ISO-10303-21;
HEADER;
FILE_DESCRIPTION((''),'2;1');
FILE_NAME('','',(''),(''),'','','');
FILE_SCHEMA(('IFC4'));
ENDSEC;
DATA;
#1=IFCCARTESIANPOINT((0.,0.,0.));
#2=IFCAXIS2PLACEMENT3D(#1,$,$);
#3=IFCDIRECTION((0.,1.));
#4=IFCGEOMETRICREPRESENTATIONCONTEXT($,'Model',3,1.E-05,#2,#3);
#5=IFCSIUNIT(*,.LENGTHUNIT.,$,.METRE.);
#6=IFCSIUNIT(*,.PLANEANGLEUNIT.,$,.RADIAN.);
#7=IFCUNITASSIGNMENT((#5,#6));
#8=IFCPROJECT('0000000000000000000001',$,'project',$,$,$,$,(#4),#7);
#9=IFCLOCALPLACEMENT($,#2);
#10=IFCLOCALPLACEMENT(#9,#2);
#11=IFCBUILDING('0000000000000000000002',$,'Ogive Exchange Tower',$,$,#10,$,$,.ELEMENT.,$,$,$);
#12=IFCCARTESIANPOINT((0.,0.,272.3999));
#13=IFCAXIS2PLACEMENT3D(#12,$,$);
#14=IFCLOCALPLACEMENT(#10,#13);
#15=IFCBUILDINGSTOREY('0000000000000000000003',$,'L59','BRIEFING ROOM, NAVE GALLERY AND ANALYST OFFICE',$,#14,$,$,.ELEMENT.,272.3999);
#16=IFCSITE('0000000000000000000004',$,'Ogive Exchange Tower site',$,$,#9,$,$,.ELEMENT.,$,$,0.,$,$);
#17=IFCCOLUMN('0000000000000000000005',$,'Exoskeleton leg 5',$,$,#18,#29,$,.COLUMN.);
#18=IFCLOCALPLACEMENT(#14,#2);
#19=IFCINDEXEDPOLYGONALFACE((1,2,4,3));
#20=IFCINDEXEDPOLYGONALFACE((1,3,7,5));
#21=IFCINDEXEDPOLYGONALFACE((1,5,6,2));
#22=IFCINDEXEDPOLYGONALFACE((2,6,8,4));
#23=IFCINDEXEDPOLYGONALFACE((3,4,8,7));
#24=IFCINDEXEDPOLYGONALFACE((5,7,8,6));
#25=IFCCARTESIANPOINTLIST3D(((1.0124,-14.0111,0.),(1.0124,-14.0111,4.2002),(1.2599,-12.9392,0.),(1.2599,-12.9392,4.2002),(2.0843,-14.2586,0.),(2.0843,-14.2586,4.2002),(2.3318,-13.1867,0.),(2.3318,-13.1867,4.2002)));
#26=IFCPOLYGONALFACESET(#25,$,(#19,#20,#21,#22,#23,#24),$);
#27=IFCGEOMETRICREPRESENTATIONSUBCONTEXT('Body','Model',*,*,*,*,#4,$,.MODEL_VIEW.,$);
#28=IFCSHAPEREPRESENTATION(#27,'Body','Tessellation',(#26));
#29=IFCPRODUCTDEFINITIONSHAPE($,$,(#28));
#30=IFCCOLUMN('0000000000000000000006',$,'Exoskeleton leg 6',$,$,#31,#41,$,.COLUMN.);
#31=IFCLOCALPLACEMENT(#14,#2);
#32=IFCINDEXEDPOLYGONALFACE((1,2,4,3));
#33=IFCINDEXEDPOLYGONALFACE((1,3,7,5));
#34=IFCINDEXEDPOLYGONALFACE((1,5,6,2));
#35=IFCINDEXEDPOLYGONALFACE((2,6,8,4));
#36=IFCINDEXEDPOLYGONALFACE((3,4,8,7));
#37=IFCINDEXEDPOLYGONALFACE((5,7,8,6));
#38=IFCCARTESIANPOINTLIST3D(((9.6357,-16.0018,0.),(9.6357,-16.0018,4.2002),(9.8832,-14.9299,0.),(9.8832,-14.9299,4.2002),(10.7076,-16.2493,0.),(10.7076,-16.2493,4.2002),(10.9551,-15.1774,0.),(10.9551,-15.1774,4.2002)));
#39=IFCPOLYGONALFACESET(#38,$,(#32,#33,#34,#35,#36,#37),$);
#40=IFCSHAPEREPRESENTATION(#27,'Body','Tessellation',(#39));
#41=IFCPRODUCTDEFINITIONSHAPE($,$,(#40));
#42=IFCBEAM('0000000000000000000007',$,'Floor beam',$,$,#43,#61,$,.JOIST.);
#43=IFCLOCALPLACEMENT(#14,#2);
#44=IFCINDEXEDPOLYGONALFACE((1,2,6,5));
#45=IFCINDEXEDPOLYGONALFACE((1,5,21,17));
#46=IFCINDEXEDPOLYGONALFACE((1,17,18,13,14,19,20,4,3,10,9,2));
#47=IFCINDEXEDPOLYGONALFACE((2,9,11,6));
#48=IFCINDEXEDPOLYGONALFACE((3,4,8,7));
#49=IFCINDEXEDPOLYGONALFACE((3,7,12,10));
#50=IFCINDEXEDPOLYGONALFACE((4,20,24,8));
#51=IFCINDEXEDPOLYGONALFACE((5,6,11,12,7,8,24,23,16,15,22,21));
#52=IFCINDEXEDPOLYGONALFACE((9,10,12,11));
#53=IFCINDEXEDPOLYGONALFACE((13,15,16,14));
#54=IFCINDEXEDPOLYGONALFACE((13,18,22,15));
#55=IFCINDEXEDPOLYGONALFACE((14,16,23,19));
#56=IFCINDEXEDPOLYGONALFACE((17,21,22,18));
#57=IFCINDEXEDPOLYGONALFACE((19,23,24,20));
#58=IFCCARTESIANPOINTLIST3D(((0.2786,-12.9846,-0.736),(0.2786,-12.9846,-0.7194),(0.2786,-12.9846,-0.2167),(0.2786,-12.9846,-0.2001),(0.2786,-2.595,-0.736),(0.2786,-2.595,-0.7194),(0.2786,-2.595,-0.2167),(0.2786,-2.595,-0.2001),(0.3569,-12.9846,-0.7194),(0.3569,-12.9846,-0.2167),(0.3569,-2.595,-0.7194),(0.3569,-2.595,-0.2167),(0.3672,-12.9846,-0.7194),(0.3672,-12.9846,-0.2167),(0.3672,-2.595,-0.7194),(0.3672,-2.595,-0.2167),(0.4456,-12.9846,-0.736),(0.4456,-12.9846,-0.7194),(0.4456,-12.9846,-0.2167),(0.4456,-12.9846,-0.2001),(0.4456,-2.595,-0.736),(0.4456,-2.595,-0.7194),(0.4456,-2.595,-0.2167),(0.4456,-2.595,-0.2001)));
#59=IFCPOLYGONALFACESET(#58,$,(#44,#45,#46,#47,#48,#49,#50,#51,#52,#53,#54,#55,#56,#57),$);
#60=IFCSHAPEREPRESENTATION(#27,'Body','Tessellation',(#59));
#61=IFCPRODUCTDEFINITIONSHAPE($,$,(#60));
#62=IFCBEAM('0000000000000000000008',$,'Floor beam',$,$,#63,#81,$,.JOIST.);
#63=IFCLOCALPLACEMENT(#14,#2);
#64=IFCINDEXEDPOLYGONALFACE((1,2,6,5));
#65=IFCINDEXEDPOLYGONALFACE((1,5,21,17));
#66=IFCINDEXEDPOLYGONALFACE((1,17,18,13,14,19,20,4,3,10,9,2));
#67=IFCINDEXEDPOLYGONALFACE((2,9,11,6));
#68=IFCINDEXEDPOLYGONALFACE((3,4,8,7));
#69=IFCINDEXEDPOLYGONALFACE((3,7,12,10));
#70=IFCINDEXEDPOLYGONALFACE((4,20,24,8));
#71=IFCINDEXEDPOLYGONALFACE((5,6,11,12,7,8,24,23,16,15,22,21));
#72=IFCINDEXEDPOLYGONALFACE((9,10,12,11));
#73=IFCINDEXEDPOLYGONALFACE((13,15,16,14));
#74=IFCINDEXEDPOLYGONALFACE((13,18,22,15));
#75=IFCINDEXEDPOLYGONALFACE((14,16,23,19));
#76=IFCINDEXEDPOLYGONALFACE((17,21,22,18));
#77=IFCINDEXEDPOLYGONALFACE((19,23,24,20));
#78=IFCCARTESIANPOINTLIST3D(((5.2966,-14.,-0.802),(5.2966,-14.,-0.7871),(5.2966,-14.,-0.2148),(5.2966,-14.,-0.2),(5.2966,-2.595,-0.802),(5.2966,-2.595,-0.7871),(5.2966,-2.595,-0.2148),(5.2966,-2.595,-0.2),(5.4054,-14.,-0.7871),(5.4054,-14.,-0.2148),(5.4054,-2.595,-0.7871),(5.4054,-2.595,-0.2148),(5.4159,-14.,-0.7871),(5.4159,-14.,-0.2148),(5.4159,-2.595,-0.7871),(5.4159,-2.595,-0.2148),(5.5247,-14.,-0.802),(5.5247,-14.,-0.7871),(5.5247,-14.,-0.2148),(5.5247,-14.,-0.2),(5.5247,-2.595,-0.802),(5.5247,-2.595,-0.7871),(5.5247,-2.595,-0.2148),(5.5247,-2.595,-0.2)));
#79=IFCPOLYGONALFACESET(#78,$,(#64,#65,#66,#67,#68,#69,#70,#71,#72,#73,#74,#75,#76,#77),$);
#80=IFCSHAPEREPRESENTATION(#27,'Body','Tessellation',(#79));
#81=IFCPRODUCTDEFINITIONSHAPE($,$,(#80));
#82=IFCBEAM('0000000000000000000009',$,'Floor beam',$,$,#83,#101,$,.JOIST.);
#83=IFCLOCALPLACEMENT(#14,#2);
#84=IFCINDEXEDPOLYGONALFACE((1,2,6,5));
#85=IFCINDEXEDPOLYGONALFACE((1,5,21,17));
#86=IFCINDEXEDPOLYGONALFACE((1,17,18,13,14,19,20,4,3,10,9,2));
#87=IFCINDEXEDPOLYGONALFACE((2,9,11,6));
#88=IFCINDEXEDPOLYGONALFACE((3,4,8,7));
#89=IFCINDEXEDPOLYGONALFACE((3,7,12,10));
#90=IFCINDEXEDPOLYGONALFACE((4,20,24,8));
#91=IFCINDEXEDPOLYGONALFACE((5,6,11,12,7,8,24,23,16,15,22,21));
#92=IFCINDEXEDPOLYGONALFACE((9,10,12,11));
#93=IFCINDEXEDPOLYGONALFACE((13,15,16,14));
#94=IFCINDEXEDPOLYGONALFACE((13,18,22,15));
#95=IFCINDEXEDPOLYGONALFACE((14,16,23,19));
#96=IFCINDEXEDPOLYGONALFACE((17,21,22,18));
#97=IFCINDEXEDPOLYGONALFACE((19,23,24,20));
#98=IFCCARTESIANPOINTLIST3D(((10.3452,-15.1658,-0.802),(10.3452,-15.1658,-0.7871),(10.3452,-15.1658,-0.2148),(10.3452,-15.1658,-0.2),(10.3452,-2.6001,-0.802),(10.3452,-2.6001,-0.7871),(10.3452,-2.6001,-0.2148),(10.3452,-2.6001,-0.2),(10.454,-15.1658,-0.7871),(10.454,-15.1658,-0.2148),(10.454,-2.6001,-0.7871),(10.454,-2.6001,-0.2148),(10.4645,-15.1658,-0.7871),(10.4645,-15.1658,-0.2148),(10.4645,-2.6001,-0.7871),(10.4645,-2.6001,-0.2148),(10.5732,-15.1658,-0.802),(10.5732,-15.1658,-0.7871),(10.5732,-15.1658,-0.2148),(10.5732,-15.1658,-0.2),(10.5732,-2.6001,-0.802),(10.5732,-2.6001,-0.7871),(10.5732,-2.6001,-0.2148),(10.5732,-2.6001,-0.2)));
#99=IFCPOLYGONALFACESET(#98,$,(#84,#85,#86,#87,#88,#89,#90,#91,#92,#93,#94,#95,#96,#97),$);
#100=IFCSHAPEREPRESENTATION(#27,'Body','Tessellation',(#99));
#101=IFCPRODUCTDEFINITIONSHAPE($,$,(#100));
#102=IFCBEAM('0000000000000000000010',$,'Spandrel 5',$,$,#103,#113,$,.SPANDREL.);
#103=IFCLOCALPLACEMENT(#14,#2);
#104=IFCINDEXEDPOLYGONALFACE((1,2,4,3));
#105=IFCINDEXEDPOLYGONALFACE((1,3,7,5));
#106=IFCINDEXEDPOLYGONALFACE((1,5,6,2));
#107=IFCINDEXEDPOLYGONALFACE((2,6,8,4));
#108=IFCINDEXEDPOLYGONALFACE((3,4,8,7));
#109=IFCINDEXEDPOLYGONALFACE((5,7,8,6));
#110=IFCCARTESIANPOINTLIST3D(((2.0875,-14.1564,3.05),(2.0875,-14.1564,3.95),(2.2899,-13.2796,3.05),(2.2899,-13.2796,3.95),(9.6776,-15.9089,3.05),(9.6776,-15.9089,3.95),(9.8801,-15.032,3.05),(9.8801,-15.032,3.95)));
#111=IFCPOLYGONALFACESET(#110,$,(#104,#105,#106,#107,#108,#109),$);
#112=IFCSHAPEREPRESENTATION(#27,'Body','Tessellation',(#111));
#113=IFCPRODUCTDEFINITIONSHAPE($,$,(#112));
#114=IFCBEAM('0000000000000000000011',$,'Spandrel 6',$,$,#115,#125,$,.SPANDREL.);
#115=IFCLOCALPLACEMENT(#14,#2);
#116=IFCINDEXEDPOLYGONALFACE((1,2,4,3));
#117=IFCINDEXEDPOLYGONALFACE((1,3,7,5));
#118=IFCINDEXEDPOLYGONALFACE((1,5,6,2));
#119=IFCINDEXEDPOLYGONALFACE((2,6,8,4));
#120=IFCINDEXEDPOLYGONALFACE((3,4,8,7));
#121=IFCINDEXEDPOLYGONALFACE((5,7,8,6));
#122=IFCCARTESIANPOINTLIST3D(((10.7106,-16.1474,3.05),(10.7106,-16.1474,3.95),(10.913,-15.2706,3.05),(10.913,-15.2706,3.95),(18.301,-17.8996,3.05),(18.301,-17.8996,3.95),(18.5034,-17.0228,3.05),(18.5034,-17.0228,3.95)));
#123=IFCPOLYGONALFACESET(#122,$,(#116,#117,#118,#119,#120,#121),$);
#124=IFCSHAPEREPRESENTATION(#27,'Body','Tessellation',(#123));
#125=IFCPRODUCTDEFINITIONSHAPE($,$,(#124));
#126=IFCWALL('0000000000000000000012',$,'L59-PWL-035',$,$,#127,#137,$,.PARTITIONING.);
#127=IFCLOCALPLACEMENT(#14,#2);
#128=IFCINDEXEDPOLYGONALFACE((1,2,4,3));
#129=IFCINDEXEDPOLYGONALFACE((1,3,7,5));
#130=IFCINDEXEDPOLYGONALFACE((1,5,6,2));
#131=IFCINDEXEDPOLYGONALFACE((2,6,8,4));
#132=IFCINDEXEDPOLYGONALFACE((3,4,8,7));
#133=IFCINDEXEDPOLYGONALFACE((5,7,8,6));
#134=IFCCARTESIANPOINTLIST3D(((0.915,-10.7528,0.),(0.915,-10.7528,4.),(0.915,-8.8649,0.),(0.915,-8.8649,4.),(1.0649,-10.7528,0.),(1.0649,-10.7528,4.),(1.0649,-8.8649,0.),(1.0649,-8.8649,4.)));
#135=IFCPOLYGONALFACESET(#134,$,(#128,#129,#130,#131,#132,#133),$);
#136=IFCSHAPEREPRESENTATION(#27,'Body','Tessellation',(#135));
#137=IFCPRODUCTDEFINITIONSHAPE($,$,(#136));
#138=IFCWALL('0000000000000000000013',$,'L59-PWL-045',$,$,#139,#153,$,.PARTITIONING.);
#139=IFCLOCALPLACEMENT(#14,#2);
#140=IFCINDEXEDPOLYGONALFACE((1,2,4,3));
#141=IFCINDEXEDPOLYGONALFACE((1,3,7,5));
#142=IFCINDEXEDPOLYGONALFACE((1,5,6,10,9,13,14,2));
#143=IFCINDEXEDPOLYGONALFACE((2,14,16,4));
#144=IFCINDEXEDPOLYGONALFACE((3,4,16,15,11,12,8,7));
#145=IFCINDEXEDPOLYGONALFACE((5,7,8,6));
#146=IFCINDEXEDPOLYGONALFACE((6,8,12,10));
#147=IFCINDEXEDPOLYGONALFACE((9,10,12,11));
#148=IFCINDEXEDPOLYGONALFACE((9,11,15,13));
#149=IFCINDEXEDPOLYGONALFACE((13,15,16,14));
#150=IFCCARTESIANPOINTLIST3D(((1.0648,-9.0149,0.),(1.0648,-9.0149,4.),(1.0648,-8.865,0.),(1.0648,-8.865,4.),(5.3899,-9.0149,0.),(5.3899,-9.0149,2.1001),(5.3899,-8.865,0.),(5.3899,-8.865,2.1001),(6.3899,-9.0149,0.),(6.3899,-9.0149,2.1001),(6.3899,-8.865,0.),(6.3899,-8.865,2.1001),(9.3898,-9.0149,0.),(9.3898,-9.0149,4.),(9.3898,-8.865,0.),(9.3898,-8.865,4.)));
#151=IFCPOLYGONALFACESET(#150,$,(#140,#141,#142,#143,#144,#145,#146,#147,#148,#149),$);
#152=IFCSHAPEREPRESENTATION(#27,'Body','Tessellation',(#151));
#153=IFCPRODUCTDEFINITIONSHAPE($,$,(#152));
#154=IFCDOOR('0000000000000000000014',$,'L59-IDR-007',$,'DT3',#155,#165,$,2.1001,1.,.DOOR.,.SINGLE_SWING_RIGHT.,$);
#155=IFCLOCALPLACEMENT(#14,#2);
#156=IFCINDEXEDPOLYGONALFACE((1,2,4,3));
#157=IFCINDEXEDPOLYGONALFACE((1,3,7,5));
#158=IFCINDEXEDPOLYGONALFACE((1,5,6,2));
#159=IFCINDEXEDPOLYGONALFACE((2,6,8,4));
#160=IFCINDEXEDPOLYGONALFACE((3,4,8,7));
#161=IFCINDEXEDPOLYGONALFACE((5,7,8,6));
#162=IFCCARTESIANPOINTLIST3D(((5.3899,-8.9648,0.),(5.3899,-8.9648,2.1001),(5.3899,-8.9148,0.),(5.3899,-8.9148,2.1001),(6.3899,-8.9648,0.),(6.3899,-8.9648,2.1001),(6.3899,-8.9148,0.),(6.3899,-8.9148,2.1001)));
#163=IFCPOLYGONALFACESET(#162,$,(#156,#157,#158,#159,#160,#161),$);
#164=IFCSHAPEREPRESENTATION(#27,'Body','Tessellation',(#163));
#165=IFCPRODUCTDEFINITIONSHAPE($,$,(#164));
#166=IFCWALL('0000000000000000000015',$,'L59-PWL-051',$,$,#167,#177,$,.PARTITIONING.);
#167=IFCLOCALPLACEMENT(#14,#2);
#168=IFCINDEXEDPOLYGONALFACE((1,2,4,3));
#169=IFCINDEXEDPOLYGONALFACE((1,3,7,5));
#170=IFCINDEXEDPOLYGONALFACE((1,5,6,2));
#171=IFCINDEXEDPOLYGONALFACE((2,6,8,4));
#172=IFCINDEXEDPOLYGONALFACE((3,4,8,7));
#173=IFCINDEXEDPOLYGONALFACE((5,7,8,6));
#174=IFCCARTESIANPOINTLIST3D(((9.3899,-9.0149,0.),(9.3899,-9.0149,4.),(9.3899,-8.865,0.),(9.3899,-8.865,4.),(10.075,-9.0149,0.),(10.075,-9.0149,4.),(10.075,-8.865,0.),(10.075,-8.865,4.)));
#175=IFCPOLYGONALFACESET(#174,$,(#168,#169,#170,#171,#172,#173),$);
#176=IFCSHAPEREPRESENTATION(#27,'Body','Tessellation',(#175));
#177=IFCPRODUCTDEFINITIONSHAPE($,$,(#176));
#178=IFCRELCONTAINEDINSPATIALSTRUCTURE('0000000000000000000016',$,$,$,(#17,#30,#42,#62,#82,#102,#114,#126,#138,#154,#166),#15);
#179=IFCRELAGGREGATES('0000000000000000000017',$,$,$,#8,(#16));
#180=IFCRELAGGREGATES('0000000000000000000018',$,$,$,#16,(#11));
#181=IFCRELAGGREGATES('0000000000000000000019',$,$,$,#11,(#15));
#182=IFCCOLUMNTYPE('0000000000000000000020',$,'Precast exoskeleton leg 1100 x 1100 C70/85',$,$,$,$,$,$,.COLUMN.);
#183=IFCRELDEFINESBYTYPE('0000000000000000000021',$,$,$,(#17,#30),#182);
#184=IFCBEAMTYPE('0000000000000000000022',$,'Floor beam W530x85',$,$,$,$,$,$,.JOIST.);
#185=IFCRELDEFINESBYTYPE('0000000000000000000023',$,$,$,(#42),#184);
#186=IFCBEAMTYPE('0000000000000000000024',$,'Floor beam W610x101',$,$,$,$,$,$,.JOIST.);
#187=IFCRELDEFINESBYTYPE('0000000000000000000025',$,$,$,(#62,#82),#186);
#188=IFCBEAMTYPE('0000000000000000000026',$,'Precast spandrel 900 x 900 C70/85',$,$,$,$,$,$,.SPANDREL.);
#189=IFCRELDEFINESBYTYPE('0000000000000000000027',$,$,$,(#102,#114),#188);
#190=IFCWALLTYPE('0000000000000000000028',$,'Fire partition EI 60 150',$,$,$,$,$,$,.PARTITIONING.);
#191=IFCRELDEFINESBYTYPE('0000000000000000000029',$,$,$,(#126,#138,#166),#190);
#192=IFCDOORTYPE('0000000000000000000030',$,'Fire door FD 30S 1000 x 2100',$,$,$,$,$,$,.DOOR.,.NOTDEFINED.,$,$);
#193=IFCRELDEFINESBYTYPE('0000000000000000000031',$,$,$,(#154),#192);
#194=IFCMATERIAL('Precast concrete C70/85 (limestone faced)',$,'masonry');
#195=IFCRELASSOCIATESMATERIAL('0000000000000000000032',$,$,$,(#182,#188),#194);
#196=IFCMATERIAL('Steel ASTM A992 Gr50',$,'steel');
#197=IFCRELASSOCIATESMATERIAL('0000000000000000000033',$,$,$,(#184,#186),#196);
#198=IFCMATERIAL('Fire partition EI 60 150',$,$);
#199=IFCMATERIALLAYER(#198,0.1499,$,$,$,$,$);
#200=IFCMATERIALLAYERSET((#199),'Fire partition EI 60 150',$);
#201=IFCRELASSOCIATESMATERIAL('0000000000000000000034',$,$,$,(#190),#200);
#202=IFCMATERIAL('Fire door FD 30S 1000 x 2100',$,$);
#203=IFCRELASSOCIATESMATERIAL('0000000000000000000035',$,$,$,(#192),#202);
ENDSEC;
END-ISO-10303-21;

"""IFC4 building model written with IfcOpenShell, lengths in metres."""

from ifc_helpers import new_model, si_unit, direction, frame, frame_2d, origin, origin_2d, place, context, subcontext, project, spatial, rectangle, i_section, extrude, material, layer, layer_set, material_profile, profile_set, type_object, element, fill, save


model = new_model("IFC4")

# Units and contexts
model_context = context("Model", 3, precision=1e-05, world=origin(), true_north=direction((0.0, 1.0)))
body_context = subcontext(model_context, "Body", "Model", "MODEL_VIEW")
ifc_project = project(units=[si_unit("LENGTHUNIT", "METRE"), si_unit("PLANEANGLEUNIT", "RADIAN")], contexts=[model_context])

# Site, building, storey
site_placement = place(None, origin())
site = spatial("IfcSite", under=ifc_project, at=site_placement, Name="Ogive Exchange Tower site", CompositionType="ELEMENT", RefElevation=0.0)
building_placement = place(site_placement, origin())
building = spatial("IfcBuilding", under=site, at=building_placement, Name="Ogive Exchange Tower", CompositionType="ELEMENT")
storey_placement = place(building_placement, frame((0.0, 0.0, 272.3999)))
storey = spatial("IfcBuildingStorey", under=building, at=storey_placement, Name="L59", Description="BRIEFING ROOM, NAVE GALLERY AND ANALYST OFFICE", CompositionType="ELEMENT", Elevation=272.3999)

# Columns
ifc_material_1 = material(Name="Precast concrete C70/85 (limestone faced)", Category="masonry")
ifc_material_profile_1 = material_profile(ifc_material_1, rectangle(XDim=1.1001, YDim=1.1001, at=origin_2d()), Name="1100 x 1100")
ifc_profile_set_1 = profile_set([ifc_material_profile_1], Name="Precast concrete C70/85 (limestone faced)")
column_type = type_object("IfcColumnType", Name="Precast exoskeleton leg 1100 x 1100 C70/85", PredefinedType="COLUMN", material=ifc_profile_set_1)
for number, where, z_axis, x_axis, name in (
    (1, (1.6721, -13.5989, 0.0), (0.0, 0.0, 1.0), (0.97437, -0.224951, 0.0), "Exoskeleton leg 5"),
    (2, (10.2954, -15.5896, 0.0), (0.0, 0.0, 1.0), (0.97437, -0.224951, 0.0), "Exoskeleton leg 6"),
):
    element("IfcColumn", number, at=place(storey_placement, frame(where, z_axis=z_axis, x_axis=x_axis)), inside=storey, type_object=column_type, Name=name, PredefinedType="COLUMN", context=body_context, shape_type="SweptSolid", body=[
        extrude(rectangle(XDim=1.1001, YDim=1.1001, at=origin_2d()), origin(), (0.0, 0.0, 1.0), 4.2002),
    ])

# Beams
ifc_material_2 = material(Name="Steel ASTM A992 Gr50", Category="steel")
ifc_material_profile_2 = material_profile(ifc_material_2, i_section(OverallWidth=0.167, OverallDepth=0.5359, WebThickness=0.0103, FlangeThickness=0.0166, at=origin_2d()), Name="W530x85")
ifc_profile_set_2 = profile_set([ifc_material_profile_2], Name="Steel ASTM A992 Gr50")
beam_type_1 = type_object("IfcBeamType", Name="Floor beam W530x85", PredefinedType="JOIST", material=ifc_profile_set_2)
beam_1_placement = place(storey_placement, frame((0.3621, -12.9846, -0.468), z_axis=(0.0, 1.0, 0.0), x_axis=(-1.0, 0.0, 0.0)))
element("IfcBeam", 3, at=beam_1_placement, inside=storey, type_object=beam_type_1, Name="Floor beam", PredefinedType="JOIST", context=body_context, shape_type="SweptSolid", body=[
    extrude(i_section(OverallWidth=0.167, OverallDepth=0.5359, WebThickness=0.0103, FlangeThickness=0.0166, at=origin_2d()), origin(), (0.0, 0.0, 1.0), 10.3896),
])
ifc_material_profile_3 = material_profile(ifc_material_2, i_section(OverallWidth=0.228, OverallDepth=0.6021, WebThickness=0.0105, FlangeThickness=0.0149, at=origin_2d()), Name="W610x101")
ifc_profile_set_3 = profile_set([ifc_material_profile_3], Name="Steel ASTM A992 Gr50")
beam_type_2 = type_object("IfcBeamType", Name="Floor beam W610x101", PredefinedType="JOIST", material=ifc_profile_set_3)
beam_2_placement = place(storey_placement, frame((5.4106, -14.0, -0.501), z_axis=(0.0, 1.0, 0.0), x_axis=(-1.0, 0.0, 0.0)))
element("IfcBeam", 4, at=beam_2_placement, inside=storey, type_object=beam_type_2, Name="Floor beam", PredefinedType="JOIST", context=body_context, shape_type="SweptSolid", body=[
    extrude(i_section(OverallWidth=0.228, OverallDepth=0.6021, WebThickness=0.0105, FlangeThickness=0.0149, at=origin_2d()), origin(), (0.0, 0.0, 1.0), 11.405),
])
beam_3_placement = place(storey_placement, frame((10.4592, -15.1658, -0.501), z_axis=(0.0, 1.0, 0.0), x_axis=(-1.0, 0.0, 0.0)))
element("IfcBeam", 5, at=beam_3_placement, inside=storey, type_object=beam_type_2, Name="Floor beam", PredefinedType="JOIST", context=body_context, shape_type="SweptSolid", body=[
    extrude(i_section(OverallWidth=0.228, OverallDepth=0.6021, WebThickness=0.0105, FlangeThickness=0.0149, at=origin_2d()), origin(), (0.0, 0.0, 1.0), 12.5657),
])
ifc_material_profile_4 = material_profile(ifc_material_1, rectangle(XDim=0.8999, YDim=0.8999, at=origin_2d()), Name="900 x 900")
ifc_profile_set_4 = profile_set([ifc_material_profile_4], Name="Precast concrete C70/85 (limestone faced)")
beam_type_3 = type_object("IfcBeamType", Name="Precast spandrel 900 x 900 C70/85", PredefinedType="SPANDREL", material=ifc_profile_set_4)
beam_4_placement = place(storey_placement, frame((2.1887, -13.718, 3.5), z_axis=(0.974366, -0.224967, 0.0), x_axis=(0.224967, 0.974366, 0.0)))
element("IfcBeam", 6, at=beam_4_placement, inside=storey, type_object=beam_type_3, Name="Spandrel 5", PredefinedType="SPANDREL", context=body_context, shape_type="SweptSolid", body=[
    extrude(rectangle(XDim=0.8999, YDim=0.8999, at=origin_2d()), origin(), (0.0, 0.0, 1.0), 7.7898),
])
beam_5_placement = place(storey_placement, frame((10.8118, -15.709, 3.5), z_axis=(0.974375, -0.22493, 0.0), x_axis=(0.22493, 0.974375, 0.0)))
element("IfcBeam", 7, at=beam_5_placement, inside=storey, type_object=beam_type_3, Name="Spandrel 6", PredefinedType="SPANDREL", context=body_context, shape_type="SweptSolid", body=[
    extrude(rectangle(XDim=0.8999, YDim=0.8999, at=origin_2d()), origin(), (0.0, 0.0, 1.0), 7.79),
])

# Wall
ifc_material_3 = material(Name="Fire partition EI 60 150")
ifc_layer_1 = layer(ifc_material_3, 0.1499)
ifc_layer_set_1 = layer_set([ifc_layer_1], Name="Fire partition EI 60 150")
wall_type_1 = type_object("IfcWallType", Name="Fire partition EI 60 150", PredefinedType="PARTITIONING", material=ifc_layer_set_1)
wall_1_placement = place(storey_placement, frame((0.99, -8.865, 0.0), z_axis=(0.0, 0.0, 1.0), x_axis=(0.0, -1.0, 0.0)))
element("IfcWall", 8, at=wall_1_placement, inside=storey, type_object=wall_type_1, Name="L59-PWL-035", PredefinedType="PARTITIONING", context=body_context, shape_type="SweptSolid", body=[
    extrude(rectangle(XDim=1.8879, YDim=0.1499, at=frame_2d((0.9438, 0.0))), origin(), (0.0, 0.0, 1.0), 4.0),
])

# Wall, opening, door
wall_2_placement = place(storey_placement, frame((9.3899, -8.9399, 0.0), z_axis=(0.0, 0.0, 1.0), x_axis=(-1.0, 0.0, 0.0)))
wall_2 = element("IfcWall", 9, at=wall_2_placement, inside=storey, type_object=wall_type_1, Name="L59-PWL-045", PredefinedType="PARTITIONING", context=body_context, shape_type="SweptSolid", body=[
    extrude(rectangle(XDim=8.325, YDim=0.1499, at=frame_2d((4.1626, 0.0))), origin(), (0.0, 0.0, 1.0), 4.0),
])
opening_1_placement = place(wall_2_placement, frame((3.0, 0.0, 0.0)))
opening_1 = element("IfcOpeningElement", 10, at=opening_1_placement, cuts=wall_2, PredefinedType="OPENING", context=body_context, shape_type="SweptSolid", body=[
    extrude(rectangle(XDim=1.0, YDim=2.1001, at=frame_2d((0.5, 1.05))), frame((0.0, 0.085, 0.0), z_axis=(0.0, -1.0, 0.0), x_axis=(1.0, 0.0, 0.0)), (0.0, 0.0, 1.0), 0.1699),
])
ifc_material_4 = material(Name="Fire door FD 30S 1000 x 2100")
door_type_1 = type_object("IfcDoorType", Name="Fire door FD 30S 1000 x 2100", OperationType="NOTDEFINED", PredefinedType="DOOR", material=ifc_material_4)
door_1_placement = place(opening_1_placement, origin())
door_1 = element("IfcDoor", 11, at=door_1_placement, inside=storey, type_object=door_type_1, Name="L59-IDR-007", ObjectType="DT3", OperationType="SINGLE_SWING_RIGHT", OverallHeight=2.1001, OverallWidth=1.0, PredefinedType="DOOR", context=body_context, shape_type="SweptSolid", body=[
    extrude(rectangle(XDim=1.0, YDim=2.1001, at=frame_2d((0.5, 1.05))), frame((0.0, 0.0249, 0.0), z_axis=(0.0, -1.0, 0.0), x_axis=(1.0, 0.0, 0.0)), (0.0, 0.0, 1.0), 0.05),
])
fill(opening_1, door_1)

# Wall
wall_3_placement = place(storey_placement, frame((10.075, -8.9399, 0.0), z_axis=(0.0, 0.0, 1.0), x_axis=(-1.0, 0.0, 0.0)))
element("IfcWall", 12, at=wall_3_placement, inside=storey, type_object=wall_type_1, Name="L59-PWL-051", PredefinedType="PARTITIONING", context=body_context, shape_type="SweptSolid", body=[
    extrude(rectangle(XDim=0.6851, YDim=0.1499, at=frame_2d((0.3425, 0.0))), origin(), (0.0, 0.0, 1.0), 4.0),
])

save(model, "model.ifc")
